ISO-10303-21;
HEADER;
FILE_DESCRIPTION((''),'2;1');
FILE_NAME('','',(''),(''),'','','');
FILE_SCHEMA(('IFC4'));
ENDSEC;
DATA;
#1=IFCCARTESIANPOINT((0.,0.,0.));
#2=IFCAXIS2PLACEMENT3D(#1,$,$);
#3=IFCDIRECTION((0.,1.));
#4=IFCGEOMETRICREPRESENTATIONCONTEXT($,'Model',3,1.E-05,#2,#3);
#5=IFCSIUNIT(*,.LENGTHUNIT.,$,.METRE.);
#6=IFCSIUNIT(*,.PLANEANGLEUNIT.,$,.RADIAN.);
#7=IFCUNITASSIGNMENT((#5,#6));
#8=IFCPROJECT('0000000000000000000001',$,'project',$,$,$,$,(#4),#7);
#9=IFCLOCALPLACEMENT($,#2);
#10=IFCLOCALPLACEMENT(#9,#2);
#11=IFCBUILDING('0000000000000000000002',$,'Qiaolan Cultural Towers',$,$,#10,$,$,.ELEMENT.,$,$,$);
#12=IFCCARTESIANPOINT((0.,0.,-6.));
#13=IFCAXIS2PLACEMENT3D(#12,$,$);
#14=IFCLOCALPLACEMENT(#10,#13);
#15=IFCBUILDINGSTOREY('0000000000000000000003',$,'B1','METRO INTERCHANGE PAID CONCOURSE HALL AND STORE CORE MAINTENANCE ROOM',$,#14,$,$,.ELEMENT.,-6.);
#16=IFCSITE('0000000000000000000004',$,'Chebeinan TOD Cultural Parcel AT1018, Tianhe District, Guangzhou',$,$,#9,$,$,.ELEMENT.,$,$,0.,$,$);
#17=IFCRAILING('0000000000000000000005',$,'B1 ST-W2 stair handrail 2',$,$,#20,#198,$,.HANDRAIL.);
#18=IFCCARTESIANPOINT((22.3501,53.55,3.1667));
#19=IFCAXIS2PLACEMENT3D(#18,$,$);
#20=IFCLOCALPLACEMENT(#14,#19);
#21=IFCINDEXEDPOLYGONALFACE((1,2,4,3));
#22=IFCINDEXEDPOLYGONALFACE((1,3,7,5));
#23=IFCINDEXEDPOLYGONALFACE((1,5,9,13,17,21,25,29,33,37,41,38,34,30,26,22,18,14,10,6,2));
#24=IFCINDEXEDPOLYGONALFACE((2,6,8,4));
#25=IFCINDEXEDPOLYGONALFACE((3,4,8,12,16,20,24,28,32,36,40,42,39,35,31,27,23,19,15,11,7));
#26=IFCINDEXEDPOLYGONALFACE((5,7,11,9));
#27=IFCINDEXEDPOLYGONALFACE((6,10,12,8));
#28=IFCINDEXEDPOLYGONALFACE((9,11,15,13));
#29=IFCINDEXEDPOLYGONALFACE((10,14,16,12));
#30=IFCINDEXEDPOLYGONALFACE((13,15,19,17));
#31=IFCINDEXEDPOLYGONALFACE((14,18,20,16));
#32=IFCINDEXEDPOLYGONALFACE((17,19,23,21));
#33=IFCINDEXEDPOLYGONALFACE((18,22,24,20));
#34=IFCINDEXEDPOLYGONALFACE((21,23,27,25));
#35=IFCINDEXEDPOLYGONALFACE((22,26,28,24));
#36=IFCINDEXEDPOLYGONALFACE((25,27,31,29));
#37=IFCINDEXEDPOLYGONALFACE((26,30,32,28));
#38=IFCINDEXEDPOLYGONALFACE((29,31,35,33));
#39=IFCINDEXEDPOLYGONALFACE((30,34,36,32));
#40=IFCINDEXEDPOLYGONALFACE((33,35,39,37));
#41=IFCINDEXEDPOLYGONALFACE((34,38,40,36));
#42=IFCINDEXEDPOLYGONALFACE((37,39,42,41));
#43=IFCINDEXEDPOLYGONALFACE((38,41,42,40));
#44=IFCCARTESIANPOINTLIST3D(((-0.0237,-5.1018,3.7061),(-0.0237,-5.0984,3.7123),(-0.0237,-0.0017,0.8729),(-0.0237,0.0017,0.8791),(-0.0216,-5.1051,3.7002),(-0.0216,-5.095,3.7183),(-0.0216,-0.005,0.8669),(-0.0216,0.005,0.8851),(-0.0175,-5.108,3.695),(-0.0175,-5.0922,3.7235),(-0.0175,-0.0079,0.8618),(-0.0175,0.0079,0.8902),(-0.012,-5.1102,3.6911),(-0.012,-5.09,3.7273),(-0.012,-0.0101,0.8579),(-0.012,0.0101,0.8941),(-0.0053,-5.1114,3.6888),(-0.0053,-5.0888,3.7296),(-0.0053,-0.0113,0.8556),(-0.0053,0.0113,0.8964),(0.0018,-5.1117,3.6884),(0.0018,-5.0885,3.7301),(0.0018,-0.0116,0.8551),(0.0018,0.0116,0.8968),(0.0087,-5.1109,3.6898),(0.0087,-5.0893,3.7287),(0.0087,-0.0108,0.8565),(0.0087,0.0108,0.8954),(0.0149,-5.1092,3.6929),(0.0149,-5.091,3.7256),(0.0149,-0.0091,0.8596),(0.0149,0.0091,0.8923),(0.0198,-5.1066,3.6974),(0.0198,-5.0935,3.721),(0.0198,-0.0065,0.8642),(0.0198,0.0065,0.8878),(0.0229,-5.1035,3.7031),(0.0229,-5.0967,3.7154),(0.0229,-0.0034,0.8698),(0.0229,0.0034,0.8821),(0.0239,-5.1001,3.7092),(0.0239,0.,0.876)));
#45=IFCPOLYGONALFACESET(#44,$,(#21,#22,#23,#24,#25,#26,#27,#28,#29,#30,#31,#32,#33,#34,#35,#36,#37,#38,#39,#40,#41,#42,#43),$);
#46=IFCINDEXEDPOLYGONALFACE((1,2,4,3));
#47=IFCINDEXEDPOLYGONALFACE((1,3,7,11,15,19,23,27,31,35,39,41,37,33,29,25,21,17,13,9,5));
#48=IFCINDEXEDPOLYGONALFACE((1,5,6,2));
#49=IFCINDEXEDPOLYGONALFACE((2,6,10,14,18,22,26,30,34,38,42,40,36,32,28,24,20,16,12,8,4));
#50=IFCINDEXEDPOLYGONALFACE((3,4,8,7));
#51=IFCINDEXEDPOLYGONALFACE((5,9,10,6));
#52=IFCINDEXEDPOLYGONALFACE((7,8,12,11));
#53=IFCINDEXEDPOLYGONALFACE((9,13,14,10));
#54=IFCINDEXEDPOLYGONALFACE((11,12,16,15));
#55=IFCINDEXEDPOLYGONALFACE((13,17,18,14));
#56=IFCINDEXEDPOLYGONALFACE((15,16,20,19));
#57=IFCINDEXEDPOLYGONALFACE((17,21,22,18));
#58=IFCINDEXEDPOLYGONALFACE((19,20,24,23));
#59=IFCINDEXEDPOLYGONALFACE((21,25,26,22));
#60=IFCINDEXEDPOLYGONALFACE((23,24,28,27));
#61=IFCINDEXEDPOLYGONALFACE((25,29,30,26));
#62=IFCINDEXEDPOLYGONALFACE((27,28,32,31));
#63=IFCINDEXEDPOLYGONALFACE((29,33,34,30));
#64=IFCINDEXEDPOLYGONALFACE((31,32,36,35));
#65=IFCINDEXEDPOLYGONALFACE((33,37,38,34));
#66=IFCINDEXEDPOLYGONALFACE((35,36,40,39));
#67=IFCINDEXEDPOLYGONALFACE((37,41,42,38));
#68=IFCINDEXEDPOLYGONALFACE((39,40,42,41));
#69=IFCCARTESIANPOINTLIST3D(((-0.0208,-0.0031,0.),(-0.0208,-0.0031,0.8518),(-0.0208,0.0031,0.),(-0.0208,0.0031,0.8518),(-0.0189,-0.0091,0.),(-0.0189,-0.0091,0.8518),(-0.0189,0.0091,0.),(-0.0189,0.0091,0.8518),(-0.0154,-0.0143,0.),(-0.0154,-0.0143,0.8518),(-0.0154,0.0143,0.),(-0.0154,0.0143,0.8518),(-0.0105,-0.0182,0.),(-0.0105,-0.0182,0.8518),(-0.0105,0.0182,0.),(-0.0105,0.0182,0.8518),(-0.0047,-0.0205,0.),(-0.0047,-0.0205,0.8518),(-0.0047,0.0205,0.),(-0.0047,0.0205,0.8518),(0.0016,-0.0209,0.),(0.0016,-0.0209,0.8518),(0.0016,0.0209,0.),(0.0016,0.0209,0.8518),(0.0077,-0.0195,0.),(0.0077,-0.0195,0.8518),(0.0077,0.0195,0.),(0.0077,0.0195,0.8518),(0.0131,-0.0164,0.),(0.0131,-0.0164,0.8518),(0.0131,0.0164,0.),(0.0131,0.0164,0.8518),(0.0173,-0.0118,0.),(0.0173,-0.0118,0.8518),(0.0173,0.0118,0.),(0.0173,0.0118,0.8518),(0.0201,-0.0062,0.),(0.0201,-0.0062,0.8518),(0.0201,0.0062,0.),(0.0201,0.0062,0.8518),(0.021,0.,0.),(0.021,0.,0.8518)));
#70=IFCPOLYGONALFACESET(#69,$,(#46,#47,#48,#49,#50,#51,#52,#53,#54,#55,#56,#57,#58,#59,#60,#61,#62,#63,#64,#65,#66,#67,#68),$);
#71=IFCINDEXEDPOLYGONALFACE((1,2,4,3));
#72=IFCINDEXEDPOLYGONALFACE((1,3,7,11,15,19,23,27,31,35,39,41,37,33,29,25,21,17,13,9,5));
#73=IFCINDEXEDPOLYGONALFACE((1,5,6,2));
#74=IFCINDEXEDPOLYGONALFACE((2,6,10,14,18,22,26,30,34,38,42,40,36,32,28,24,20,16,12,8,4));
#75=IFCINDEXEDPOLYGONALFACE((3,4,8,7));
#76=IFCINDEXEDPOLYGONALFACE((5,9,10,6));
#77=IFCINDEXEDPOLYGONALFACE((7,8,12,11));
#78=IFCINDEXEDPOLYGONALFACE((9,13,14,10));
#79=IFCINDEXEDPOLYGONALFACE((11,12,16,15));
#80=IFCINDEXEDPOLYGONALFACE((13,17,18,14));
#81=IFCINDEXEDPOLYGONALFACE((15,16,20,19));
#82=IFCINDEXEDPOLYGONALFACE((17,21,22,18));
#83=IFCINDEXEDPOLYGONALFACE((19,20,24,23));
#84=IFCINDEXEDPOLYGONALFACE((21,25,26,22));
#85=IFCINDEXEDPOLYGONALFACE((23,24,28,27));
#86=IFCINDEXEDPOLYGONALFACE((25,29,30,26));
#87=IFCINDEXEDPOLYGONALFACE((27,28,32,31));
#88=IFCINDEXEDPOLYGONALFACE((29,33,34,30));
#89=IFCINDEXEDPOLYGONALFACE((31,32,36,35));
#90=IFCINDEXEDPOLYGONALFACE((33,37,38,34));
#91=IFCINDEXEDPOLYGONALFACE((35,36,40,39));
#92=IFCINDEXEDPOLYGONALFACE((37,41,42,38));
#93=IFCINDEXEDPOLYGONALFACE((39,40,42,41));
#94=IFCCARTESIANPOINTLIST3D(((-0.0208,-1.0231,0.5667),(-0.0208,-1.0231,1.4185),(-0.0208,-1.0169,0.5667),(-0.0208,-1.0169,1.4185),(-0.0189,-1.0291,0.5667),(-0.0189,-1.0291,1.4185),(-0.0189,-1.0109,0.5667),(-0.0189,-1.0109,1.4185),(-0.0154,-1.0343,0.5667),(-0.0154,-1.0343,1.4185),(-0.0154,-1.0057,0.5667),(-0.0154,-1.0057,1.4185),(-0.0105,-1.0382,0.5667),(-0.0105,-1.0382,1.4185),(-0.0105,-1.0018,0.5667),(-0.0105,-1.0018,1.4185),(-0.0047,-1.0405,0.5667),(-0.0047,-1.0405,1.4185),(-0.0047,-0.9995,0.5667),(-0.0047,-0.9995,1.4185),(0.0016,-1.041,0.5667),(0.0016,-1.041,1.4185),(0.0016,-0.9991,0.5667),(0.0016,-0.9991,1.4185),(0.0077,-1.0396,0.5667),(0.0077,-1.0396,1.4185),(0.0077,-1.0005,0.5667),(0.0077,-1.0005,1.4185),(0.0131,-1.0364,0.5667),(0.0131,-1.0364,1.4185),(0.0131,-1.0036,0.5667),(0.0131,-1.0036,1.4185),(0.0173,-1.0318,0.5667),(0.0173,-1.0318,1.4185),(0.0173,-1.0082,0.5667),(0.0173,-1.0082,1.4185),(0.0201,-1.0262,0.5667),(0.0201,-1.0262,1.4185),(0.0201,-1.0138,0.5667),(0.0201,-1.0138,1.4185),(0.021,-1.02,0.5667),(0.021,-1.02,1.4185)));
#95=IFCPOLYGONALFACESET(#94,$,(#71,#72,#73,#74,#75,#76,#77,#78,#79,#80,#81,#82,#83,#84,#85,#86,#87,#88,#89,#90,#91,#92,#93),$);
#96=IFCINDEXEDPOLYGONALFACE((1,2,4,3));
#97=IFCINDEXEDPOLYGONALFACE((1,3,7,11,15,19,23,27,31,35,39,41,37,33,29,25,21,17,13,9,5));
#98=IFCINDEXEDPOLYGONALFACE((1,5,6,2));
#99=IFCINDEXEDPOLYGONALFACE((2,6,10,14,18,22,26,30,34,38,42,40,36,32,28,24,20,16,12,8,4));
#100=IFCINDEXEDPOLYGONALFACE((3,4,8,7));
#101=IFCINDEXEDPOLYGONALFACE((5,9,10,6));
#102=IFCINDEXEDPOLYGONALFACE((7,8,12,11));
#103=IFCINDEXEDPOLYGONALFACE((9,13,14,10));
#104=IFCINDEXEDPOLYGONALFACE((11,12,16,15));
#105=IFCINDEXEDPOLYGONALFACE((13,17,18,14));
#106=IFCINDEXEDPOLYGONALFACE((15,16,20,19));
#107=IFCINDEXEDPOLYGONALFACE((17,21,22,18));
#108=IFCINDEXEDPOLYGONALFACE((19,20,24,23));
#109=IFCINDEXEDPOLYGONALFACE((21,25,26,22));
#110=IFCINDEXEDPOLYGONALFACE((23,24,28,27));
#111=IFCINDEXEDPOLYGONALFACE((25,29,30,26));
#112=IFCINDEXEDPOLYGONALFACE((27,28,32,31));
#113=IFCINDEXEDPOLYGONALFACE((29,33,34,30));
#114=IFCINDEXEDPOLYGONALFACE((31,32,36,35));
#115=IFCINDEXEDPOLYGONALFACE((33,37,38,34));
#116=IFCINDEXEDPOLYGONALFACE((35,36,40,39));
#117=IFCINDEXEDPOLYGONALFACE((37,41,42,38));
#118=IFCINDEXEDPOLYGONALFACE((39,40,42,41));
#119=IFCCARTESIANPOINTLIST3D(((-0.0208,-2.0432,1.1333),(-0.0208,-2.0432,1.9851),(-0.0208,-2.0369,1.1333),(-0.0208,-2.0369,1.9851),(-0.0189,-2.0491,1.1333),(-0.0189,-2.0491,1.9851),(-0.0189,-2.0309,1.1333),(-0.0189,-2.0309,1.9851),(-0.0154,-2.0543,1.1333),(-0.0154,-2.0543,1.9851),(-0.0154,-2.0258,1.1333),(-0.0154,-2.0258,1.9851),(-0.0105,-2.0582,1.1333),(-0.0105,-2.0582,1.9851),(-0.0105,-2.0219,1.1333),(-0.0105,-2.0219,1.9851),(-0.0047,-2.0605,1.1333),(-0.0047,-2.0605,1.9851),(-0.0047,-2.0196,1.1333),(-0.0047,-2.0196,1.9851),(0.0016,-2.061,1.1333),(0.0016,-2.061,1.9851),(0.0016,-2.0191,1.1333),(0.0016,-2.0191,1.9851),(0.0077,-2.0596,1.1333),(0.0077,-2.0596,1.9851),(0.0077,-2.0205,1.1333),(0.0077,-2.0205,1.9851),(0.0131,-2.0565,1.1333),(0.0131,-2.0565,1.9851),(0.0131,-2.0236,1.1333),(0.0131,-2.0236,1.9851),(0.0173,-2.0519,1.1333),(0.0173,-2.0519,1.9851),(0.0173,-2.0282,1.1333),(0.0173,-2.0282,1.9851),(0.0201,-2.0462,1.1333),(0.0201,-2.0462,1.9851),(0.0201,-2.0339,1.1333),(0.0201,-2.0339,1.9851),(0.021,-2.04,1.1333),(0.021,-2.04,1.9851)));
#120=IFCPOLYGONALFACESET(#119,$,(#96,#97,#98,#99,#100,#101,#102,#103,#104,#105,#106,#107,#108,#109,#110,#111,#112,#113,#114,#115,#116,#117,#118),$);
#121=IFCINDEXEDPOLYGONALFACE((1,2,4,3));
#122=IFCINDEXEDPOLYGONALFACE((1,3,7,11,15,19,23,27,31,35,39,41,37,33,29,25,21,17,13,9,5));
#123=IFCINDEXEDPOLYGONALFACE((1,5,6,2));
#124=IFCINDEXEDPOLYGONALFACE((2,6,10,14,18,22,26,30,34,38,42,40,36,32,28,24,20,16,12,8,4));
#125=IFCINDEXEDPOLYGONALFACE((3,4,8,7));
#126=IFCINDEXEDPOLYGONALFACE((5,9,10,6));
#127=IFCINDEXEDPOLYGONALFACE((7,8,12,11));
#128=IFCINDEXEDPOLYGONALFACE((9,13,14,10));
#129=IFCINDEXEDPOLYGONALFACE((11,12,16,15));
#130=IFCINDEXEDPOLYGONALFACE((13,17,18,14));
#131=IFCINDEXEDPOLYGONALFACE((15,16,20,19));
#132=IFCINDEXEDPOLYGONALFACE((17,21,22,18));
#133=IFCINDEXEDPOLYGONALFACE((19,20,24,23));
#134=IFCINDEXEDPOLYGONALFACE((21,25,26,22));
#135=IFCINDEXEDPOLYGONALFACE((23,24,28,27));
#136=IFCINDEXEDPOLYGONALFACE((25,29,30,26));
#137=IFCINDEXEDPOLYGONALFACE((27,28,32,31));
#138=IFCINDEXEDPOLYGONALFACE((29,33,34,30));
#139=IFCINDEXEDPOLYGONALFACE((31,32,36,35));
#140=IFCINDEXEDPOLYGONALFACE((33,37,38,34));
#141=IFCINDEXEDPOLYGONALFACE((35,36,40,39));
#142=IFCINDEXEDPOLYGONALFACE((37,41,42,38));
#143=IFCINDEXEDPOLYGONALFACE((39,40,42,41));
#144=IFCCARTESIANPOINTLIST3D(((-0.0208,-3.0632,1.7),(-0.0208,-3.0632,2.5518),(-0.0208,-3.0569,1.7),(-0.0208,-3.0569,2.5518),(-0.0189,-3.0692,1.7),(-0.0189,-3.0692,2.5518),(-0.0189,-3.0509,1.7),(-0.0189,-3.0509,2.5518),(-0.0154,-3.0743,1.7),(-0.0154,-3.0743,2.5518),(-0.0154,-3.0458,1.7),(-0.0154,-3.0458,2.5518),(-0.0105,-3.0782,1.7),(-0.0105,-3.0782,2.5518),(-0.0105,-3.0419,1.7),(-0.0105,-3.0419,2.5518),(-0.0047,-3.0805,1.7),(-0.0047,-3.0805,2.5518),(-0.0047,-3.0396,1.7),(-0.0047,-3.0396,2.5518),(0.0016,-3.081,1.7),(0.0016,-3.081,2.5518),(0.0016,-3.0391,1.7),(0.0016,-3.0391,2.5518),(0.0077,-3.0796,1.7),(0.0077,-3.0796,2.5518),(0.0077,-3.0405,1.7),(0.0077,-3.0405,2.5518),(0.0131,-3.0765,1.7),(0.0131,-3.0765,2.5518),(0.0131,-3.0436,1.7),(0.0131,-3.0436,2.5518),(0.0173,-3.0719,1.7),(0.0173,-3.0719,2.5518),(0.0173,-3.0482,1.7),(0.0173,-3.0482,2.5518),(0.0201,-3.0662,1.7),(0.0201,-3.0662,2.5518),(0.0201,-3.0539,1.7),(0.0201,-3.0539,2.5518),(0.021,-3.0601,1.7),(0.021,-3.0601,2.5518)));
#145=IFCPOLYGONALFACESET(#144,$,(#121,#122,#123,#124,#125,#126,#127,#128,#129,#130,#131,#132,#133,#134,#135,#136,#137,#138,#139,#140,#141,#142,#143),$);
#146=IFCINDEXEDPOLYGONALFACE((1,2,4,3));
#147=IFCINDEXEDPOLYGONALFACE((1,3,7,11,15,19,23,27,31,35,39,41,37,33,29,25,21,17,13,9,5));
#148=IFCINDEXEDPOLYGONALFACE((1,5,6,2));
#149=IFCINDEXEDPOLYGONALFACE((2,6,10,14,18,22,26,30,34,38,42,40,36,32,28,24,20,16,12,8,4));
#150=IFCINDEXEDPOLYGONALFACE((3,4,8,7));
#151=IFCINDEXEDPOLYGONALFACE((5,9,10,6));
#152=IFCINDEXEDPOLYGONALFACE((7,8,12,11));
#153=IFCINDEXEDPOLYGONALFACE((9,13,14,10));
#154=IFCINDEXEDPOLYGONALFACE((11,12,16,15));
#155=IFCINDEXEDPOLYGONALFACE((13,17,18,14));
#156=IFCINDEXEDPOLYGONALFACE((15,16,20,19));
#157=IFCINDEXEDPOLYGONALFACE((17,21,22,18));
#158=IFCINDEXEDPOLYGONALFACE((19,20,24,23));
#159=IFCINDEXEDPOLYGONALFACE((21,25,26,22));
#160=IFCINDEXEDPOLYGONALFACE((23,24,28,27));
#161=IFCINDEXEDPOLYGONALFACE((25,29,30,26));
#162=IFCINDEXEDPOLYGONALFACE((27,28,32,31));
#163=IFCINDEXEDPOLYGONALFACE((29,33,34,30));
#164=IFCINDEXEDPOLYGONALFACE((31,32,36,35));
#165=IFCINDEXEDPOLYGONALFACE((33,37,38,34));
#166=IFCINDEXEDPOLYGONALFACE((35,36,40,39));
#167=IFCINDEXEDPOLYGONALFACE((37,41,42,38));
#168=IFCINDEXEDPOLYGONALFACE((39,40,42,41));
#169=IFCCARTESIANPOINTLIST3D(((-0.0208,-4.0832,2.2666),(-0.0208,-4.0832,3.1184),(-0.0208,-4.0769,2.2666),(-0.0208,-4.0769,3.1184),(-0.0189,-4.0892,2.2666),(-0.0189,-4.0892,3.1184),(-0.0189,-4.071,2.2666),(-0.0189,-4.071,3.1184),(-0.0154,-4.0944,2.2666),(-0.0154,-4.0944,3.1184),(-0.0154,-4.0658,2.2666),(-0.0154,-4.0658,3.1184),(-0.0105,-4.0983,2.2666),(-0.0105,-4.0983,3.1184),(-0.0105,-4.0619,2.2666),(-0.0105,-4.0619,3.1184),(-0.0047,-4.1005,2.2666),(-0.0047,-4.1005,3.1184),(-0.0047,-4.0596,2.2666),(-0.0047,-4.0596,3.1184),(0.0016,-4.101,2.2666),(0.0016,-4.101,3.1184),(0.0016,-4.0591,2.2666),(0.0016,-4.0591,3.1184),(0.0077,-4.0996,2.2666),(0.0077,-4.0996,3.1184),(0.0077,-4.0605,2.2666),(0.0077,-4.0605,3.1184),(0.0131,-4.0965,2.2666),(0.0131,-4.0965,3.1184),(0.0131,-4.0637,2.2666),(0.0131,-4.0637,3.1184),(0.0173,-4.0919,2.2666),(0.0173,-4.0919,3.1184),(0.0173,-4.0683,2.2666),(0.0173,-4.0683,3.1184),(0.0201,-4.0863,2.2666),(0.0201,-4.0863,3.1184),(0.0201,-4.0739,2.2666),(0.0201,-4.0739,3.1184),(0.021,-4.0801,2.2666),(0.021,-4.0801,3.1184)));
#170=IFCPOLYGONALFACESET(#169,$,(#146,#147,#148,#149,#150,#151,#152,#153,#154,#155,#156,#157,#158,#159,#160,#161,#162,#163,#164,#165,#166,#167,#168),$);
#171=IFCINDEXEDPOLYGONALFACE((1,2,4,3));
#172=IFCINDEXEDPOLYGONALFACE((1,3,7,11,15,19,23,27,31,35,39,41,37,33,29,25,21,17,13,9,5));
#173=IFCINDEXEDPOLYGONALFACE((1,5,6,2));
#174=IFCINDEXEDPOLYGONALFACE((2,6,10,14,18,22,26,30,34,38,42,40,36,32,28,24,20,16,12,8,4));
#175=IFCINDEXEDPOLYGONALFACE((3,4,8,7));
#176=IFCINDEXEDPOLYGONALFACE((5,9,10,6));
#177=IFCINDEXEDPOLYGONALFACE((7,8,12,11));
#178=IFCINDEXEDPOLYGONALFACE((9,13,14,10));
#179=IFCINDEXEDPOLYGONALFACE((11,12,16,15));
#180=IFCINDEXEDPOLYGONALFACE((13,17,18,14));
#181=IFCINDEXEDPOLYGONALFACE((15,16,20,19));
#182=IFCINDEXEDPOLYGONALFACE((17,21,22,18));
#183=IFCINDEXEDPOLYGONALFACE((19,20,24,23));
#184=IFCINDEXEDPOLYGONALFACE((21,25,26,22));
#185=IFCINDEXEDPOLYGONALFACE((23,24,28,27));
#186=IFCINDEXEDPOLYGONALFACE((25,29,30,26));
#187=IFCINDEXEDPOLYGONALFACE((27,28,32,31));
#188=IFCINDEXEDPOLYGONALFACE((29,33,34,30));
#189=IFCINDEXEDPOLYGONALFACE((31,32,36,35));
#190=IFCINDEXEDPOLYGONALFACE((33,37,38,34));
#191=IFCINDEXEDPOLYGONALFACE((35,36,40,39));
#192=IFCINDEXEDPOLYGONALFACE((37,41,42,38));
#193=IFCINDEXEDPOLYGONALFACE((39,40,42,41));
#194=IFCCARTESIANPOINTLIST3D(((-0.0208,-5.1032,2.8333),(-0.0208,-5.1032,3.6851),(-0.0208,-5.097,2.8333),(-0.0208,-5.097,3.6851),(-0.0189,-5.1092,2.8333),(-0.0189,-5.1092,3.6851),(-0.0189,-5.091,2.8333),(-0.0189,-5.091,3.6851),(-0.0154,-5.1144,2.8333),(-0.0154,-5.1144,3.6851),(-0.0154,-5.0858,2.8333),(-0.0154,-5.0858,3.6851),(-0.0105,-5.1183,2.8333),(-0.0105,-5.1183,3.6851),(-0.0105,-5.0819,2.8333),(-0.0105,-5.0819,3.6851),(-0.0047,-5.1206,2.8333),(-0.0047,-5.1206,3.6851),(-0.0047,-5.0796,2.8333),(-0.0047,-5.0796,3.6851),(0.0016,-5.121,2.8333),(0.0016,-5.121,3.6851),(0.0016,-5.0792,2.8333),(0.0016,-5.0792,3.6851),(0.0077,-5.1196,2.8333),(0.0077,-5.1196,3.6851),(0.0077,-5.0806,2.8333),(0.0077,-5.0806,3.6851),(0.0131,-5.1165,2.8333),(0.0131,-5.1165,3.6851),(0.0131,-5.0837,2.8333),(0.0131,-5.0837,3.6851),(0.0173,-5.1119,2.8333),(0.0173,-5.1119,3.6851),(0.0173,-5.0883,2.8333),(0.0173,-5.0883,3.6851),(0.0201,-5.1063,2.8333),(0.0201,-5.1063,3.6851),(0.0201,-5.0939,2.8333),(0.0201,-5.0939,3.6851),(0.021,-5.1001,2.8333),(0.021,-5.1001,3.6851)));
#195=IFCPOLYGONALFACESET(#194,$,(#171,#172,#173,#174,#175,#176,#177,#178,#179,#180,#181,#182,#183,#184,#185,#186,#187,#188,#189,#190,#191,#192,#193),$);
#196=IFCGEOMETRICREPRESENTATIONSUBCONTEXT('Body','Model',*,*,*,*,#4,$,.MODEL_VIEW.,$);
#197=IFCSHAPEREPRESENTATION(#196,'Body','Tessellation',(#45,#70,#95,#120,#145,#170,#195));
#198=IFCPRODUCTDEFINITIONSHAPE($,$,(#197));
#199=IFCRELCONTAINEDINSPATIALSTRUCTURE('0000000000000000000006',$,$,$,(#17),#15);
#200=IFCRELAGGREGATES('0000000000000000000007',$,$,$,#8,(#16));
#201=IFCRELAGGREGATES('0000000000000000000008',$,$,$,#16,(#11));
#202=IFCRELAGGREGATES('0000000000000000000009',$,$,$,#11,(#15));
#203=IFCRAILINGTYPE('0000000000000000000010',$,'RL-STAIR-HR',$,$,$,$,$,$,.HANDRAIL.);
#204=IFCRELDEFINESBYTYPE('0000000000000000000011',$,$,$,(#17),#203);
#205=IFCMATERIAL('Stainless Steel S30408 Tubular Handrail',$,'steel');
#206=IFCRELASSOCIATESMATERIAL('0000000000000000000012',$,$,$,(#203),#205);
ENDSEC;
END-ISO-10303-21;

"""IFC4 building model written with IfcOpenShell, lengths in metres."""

from ifc_helpers import new_model, si_unit, direction, frame, origin, origin_2d, place, context, subcontext, project, spatial, circle, extrude, material, type_object, element, save


model = new_model("IFC4")

# Units and contexts
model_context = context("Model", 3, precision=1e-05, world=origin(), true_north=direction((0.0, 1.0)))
body_context = subcontext(model_context, "Body", "Model", "MODEL_VIEW")
ifc_project = project(units=[si_unit("LENGTHUNIT", "METRE"), si_unit("PLANEANGLEUNIT", "RADIAN")], contexts=[model_context])

# Site, building, storey
site_placement = place(None, origin())
site = spatial("IfcSite", under=ifc_project, at=site_placement, Name="Chebeinan TOD Cultural Parcel AT1018, Tianhe District, Guangzhou", CompositionType="ELEMENT", RefElevation=0.0)
building_placement = place(site_placement, origin())
building = spatial("IfcBuilding", under=site, at=building_placement, Name="Qiaolan Cultural Towers", CompositionType="ELEMENT")
storey_placement = place(building_placement, frame((0.0, 0.0, -6.0)))
storey = spatial("IfcBuildingStorey", under=building, at=storey_placement, Name="B1", Description="METRO INTERCHANGE PAID CONCOURSE HALL AND STORE CORE MAINTENANCE ROOM", CompositionType="ELEMENT", Elevation=-6.0)

# Railing
ifc_material_1 = material(Name="Stainless Steel S30408 Tubular Handrail", Category="steel")
railing_type_1 = type_object("IfcRailingType", Name="RL-STAIR-HR", PredefinedType="HANDRAIL", material=ifc_material_1)
railing_1_placement = place(storey_placement, frame((22.3501, 53.55, 3.1667)))
element("IfcRailing", 1, at=railing_1_placement, inside=storey, type_object=railing_type_1, Name="B1 ST-W2 stair handrail 2", PredefinedType="HANDRAIL", context=body_context, shape_type="SweptSolid", body=[
    extrude(circle(Radius=0.0239, at=origin_2d()), frame((0.0, 0.0, 0.876), z_axis=(0.0, -0.874167, 0.485625), x_axis=(1.0, 0.0, 0.0)), (0.0, 0.0, 1.0), 5.8342),
    extrude(circle(Radius=0.021, at=origin_2d()), origin(), (0.0, 0.0, 1.0), 0.8518),
    extrude(circle(Radius=0.021, at=origin_2d()), frame((0.0, -1.02, 0.5667)), (0.0, 0.0, 1.0), 0.8518),
    extrude(circle(Radius=0.021, at=origin_2d()), frame((0.0, -2.04, 1.1333)), (0.0, 0.0, 1.0), 0.8518),
    extrude(circle(Radius=0.021, at=origin_2d()), frame((0.0, -3.0601, 1.7)), (0.0, 0.0, 1.0), 0.8518),
    extrude(circle(Radius=0.021, at=origin_2d()), frame((0.0, -4.0801, 2.2666)), (0.0, 0.0, 1.0), 0.8518),
    extrude(circle(Radius=0.021, at=origin_2d()), frame((0.0, -5.1001, 2.8333)), (0.0, 0.0, 1.0), 0.8518),
])

save(model, "model.ifc")
